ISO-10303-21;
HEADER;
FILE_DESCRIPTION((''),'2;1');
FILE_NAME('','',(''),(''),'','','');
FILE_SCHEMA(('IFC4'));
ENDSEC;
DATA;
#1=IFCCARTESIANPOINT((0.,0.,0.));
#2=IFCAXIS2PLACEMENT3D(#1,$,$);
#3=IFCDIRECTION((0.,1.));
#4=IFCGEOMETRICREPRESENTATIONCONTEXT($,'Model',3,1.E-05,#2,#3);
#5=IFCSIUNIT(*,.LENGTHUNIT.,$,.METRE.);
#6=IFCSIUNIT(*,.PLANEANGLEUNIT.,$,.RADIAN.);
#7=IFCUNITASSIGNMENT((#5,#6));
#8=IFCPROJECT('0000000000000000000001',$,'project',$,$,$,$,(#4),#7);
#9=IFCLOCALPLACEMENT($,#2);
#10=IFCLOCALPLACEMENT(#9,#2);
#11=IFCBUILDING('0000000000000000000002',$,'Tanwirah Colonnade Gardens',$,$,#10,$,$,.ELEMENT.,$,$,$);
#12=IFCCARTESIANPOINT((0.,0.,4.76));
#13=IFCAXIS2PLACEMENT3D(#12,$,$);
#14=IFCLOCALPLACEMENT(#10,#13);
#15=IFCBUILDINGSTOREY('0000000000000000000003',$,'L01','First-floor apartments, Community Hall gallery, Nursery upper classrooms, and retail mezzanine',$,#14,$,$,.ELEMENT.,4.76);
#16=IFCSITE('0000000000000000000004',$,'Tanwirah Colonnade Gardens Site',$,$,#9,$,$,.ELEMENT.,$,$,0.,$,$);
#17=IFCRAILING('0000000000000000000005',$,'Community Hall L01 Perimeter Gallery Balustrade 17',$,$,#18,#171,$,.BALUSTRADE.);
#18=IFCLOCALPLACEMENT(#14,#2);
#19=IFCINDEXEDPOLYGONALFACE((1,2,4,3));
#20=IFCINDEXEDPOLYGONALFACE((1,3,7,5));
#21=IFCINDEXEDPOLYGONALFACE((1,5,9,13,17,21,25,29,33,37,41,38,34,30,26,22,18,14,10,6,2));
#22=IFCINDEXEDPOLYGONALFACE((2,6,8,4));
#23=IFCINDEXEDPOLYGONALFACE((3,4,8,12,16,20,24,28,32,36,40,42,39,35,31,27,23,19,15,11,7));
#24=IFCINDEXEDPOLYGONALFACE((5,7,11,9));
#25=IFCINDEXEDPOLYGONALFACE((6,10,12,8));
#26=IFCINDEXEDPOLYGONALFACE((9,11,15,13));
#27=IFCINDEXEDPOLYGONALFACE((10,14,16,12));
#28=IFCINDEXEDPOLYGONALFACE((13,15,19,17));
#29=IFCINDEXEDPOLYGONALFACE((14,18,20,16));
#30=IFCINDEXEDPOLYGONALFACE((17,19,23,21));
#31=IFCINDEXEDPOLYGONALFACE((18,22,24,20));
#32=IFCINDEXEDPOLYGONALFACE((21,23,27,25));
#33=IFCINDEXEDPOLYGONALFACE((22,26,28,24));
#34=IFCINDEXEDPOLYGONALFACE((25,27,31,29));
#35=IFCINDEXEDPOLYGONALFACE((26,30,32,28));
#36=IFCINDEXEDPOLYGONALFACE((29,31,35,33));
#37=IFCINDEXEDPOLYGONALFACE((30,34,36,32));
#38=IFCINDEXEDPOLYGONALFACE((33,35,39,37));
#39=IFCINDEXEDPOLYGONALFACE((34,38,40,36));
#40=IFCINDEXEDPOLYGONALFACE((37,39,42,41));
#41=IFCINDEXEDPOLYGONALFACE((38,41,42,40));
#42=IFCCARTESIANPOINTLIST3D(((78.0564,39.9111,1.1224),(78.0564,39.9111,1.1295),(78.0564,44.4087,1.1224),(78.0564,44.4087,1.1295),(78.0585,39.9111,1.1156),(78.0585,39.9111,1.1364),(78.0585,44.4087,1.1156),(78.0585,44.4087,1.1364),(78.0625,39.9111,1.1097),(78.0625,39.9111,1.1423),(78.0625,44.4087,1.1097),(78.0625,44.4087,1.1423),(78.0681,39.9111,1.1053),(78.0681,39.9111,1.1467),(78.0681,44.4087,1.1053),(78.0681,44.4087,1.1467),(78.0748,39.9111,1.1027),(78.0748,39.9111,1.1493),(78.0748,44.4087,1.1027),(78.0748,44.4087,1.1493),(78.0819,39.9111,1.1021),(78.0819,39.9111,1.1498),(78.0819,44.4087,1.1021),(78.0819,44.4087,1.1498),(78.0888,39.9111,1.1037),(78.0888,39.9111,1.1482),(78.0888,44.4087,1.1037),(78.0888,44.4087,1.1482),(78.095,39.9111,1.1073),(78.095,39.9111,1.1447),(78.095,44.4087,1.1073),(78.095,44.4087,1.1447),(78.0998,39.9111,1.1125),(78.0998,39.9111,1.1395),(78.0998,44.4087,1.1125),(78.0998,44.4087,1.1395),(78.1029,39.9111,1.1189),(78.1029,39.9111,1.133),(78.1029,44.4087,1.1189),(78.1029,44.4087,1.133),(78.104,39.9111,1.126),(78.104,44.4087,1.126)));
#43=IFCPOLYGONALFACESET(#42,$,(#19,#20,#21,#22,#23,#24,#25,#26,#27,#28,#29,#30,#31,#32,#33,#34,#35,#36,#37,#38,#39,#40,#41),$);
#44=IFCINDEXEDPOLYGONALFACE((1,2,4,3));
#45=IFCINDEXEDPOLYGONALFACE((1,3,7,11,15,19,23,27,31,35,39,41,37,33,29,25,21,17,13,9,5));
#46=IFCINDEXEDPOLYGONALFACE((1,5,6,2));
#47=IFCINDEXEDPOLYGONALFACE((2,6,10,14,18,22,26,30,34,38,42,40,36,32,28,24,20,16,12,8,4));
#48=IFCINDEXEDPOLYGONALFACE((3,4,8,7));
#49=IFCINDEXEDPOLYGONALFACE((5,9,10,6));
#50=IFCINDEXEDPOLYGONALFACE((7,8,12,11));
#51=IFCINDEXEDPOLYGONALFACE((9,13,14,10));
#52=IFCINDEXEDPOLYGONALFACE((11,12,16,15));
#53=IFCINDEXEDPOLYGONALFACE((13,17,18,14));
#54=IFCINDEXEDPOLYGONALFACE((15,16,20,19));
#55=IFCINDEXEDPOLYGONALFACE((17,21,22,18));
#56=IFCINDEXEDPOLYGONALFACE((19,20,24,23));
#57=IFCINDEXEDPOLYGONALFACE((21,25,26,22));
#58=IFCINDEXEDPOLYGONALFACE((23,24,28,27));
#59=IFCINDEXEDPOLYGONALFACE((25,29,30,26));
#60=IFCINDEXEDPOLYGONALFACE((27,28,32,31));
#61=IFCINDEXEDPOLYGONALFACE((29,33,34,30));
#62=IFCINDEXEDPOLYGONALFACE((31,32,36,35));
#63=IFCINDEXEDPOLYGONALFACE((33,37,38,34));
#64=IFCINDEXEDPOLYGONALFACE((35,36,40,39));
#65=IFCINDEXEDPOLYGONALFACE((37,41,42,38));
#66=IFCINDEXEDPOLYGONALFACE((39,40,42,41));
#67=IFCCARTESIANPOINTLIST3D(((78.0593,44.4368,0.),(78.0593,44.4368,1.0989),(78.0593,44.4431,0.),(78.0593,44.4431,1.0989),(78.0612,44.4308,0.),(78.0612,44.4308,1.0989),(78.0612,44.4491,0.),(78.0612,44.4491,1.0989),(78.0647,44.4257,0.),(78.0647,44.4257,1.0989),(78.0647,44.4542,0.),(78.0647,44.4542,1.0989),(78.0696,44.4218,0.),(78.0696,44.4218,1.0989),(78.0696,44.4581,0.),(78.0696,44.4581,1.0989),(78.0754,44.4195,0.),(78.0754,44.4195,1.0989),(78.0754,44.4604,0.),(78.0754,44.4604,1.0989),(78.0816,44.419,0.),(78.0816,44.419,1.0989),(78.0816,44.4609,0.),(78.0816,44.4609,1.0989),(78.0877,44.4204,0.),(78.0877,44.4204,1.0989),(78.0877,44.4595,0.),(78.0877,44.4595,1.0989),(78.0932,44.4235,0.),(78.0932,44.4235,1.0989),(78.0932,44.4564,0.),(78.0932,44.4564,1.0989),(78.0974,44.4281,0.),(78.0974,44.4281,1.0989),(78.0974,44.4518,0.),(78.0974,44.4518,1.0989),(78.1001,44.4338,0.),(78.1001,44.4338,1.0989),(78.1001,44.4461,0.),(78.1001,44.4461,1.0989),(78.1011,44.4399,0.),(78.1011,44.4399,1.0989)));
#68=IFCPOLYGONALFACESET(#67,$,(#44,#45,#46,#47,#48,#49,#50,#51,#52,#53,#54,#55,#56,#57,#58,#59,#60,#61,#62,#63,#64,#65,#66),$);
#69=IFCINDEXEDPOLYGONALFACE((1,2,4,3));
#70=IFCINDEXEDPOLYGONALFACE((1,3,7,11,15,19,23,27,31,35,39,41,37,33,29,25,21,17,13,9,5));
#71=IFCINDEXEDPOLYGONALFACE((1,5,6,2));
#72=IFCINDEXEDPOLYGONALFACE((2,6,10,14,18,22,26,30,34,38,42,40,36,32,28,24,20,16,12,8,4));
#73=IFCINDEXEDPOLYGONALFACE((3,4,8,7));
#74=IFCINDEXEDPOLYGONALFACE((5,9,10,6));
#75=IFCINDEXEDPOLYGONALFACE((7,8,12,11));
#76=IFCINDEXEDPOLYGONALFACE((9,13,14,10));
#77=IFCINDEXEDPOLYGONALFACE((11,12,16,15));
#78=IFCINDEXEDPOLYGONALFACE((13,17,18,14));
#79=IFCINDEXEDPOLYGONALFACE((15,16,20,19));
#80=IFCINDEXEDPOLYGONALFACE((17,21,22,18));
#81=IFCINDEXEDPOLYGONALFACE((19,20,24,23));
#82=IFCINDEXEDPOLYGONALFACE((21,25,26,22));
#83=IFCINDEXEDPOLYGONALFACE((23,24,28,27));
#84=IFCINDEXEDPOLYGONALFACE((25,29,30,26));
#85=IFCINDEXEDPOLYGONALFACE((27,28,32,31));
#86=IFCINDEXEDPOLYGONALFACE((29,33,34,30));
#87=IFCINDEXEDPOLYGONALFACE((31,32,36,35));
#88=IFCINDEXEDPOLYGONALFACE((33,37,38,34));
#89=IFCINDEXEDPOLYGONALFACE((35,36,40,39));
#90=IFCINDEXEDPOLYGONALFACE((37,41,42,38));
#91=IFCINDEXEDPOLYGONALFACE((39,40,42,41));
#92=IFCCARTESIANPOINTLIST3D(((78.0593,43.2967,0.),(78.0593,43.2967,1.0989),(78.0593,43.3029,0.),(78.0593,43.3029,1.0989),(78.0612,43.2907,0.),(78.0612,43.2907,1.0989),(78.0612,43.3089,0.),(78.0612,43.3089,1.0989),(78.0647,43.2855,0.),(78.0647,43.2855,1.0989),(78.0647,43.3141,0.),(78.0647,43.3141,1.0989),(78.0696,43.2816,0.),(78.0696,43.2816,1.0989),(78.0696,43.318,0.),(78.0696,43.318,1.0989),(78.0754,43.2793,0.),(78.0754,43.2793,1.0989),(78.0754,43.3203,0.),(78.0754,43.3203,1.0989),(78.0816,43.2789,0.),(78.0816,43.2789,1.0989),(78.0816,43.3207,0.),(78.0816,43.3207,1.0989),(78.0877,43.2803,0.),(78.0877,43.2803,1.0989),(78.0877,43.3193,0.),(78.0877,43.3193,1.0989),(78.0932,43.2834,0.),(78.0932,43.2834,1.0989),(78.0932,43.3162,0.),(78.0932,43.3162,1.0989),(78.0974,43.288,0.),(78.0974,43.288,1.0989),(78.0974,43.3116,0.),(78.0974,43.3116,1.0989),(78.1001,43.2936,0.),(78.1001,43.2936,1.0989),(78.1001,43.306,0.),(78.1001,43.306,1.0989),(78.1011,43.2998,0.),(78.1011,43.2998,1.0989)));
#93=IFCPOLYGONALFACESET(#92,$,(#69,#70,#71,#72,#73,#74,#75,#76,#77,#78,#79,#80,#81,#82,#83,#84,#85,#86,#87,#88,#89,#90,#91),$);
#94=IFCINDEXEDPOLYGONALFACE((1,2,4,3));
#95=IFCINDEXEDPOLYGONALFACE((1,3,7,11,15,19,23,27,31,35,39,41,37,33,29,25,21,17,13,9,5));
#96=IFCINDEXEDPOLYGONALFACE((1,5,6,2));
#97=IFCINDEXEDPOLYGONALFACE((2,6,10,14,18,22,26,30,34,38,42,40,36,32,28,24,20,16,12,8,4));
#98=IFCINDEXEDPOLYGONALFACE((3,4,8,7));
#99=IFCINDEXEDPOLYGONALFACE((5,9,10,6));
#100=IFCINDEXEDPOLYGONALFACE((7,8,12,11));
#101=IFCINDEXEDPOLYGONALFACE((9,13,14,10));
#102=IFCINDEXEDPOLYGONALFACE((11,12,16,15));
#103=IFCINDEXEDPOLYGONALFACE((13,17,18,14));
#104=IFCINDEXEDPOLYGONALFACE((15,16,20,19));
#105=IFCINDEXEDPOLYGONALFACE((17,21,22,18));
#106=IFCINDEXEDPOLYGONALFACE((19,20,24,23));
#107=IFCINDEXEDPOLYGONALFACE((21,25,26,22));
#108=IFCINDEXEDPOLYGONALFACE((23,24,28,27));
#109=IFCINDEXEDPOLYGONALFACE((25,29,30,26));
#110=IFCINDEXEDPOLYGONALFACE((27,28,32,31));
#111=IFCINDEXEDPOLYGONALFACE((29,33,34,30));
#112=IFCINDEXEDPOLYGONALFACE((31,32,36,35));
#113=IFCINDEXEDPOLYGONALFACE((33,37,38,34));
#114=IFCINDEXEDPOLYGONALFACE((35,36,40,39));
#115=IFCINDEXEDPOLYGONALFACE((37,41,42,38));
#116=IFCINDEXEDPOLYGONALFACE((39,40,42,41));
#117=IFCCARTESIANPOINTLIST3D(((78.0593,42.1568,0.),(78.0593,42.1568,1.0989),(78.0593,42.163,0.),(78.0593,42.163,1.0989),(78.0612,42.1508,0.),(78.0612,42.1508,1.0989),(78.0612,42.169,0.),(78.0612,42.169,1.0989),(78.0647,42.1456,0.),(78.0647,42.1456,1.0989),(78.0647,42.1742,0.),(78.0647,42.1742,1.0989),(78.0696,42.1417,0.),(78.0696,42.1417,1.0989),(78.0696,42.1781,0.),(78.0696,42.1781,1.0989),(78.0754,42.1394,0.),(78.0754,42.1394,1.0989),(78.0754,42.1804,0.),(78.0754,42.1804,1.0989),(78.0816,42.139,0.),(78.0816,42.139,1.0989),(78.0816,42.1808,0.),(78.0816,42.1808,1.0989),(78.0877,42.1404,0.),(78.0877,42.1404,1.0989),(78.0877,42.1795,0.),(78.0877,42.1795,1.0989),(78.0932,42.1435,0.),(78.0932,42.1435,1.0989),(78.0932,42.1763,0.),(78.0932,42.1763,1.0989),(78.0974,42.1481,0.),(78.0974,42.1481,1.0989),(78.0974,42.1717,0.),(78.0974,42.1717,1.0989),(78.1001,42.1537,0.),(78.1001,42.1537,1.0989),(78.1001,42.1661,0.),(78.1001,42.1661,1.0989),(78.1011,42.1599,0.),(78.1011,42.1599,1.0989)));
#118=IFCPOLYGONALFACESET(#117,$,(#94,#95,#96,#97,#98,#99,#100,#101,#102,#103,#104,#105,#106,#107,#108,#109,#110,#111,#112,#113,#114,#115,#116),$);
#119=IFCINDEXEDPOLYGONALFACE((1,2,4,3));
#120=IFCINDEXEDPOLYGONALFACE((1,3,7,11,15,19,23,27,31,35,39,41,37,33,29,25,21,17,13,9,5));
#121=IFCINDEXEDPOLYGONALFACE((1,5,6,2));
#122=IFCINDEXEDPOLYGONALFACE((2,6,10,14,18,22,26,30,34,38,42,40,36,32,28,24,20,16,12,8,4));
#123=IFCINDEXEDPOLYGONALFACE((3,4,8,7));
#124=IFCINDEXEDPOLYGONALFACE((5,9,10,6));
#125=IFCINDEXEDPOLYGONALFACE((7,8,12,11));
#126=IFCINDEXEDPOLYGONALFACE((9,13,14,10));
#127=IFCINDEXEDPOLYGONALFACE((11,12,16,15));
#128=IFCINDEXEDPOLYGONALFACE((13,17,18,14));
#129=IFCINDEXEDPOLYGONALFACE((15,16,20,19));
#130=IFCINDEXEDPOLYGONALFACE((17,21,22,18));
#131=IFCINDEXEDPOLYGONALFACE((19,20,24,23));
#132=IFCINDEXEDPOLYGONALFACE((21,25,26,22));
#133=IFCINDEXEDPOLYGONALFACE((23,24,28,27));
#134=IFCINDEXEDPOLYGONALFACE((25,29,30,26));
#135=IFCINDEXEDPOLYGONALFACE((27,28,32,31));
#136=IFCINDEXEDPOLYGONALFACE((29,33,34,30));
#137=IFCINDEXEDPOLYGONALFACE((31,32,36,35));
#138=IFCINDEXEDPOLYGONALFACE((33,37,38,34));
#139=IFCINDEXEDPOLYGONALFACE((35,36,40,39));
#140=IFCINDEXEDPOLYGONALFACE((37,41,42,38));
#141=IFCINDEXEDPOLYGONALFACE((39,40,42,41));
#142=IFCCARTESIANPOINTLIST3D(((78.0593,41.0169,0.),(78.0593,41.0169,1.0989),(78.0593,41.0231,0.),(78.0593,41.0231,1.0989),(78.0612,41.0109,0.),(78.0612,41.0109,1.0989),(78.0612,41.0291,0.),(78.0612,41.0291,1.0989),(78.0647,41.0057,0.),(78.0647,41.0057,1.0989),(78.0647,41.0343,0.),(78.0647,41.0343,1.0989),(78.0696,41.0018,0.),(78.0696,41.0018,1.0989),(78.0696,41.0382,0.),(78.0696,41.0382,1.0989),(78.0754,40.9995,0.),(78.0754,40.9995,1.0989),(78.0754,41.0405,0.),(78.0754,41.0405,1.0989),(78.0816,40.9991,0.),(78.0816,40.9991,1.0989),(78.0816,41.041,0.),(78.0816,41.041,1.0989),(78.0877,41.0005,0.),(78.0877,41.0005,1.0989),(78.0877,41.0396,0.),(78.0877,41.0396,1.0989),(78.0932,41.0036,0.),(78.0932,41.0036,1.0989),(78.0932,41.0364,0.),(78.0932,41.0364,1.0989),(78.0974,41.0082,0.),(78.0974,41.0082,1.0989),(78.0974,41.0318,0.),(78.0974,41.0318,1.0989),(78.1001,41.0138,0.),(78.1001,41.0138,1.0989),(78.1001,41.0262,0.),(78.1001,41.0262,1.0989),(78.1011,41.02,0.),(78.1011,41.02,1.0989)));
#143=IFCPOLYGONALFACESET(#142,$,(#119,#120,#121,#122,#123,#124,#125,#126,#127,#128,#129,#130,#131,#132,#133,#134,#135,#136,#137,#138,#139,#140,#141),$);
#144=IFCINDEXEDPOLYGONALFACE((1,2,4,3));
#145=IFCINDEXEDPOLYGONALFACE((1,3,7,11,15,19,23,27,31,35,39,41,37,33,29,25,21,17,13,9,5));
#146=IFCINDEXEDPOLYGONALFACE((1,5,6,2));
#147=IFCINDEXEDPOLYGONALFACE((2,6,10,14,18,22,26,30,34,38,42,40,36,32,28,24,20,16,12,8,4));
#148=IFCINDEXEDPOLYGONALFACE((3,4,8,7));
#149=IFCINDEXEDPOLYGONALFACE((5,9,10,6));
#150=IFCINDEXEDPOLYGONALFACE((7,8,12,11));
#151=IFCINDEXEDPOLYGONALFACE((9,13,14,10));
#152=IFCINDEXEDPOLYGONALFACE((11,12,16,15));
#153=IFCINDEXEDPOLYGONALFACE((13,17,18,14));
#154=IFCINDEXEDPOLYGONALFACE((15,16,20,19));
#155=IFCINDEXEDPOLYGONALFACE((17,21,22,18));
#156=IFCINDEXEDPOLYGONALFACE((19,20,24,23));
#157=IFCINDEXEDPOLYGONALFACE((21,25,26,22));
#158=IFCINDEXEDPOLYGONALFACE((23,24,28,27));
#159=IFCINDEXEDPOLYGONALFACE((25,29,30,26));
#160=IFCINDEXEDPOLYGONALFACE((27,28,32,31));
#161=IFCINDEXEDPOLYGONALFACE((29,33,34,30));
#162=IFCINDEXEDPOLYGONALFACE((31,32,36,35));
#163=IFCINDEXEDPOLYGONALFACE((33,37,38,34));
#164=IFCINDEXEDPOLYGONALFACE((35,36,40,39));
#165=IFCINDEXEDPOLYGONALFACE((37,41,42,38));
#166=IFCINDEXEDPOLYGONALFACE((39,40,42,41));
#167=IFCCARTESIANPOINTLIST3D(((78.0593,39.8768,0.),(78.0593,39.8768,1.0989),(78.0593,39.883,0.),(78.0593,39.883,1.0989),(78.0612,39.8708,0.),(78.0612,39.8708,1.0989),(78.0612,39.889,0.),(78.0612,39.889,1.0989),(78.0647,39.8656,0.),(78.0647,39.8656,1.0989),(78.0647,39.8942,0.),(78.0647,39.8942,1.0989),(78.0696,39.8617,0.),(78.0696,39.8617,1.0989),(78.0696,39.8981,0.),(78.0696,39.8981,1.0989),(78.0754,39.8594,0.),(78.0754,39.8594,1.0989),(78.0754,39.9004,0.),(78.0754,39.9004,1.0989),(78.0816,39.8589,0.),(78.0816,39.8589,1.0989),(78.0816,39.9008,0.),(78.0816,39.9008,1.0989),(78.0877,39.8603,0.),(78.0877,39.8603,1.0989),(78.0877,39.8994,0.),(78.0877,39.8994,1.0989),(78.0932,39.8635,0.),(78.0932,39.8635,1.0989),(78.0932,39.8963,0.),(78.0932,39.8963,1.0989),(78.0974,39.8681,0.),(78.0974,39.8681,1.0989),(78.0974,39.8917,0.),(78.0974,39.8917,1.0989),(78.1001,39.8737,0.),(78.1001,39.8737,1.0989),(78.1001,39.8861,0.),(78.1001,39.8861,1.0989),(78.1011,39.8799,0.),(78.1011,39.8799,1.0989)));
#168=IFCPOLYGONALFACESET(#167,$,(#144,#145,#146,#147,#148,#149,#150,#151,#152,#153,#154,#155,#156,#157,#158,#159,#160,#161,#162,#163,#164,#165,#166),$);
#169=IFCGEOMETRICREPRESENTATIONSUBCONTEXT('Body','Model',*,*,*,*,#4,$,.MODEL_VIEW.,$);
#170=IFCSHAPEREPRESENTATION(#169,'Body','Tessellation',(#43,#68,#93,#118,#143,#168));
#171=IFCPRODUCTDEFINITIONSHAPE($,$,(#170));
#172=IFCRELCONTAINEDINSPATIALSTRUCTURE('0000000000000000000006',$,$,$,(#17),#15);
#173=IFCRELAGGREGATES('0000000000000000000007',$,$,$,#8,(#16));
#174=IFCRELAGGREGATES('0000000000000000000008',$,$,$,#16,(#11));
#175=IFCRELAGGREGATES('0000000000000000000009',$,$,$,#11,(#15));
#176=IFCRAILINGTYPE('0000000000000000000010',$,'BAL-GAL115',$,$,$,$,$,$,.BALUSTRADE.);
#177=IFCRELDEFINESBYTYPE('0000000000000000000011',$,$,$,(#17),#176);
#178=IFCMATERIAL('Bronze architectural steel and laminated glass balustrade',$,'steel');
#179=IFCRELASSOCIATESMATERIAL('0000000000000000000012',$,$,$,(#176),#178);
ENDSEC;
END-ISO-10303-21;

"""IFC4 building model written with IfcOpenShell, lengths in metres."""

from ifc_helpers import new_model, si_unit, direction, frame, origin, origin_2d, place, context, subcontext, project, spatial, circle, extrude, material, type_object, element, save


model = new_model("IFC4")

# Units and contexts
model_context = context("Model", 3, precision=1e-05, world=origin(), true_north=direction((0.0, 1.0)))
body_context = subcontext(model_context, "Body", "Model", "MODEL_VIEW")
ifc_project = project(units=[si_unit("LENGTHUNIT", "METRE"), si_unit("PLANEANGLEUNIT", "RADIAN")], contexts=[model_context])

# Site, building, storey
site_placement = place(None, origin())
site = spatial("IfcSite", under=ifc_project, at=site_placement, Name="Tanwirah Colonnade Gardens Site", CompositionType="ELEMENT", RefElevation=0.0)
building_placement = place(site_placement, origin())
building = spatial("IfcBuilding", under=site, at=building_placement, Name="Tanwirah Colonnade Gardens", CompositionType="ELEMENT")
storey_placement = place(building_placement, frame((0.0, 0.0, 4.76)))
storey = spatial("IfcBuildingStorey", under=building, at=storey_placement, Name="L01", Description="First-floor apartments, Community Hall gallery, Nursery upper classrooms, and retail mezzanine", CompositionType="ELEMENT", Elevation=4.76)

# Railing
ifc_material_1 = material(Name="Bronze architectural steel and laminated glass balustrade", Category="steel")
railing_type = type_object("IfcRailingType", Name="BAL-GAL115", PredefinedType="BALUSTRADE", material=ifc_material_1)
railing_1_placement = place(storey_placement, frame((78.0801, 44.4399, 0.0)))
element("IfcRailing", 1, at=railing_1_placement, inside=storey, type_object=railing_type, Name="Community Hall L01 Perimeter Gallery Balustrade 17", PredefinedType="BALUSTRADE", context=body_context, shape_type="SweptSolid", body=[
    extrude(circle(Radius=0.0239, at=origin_2d()), frame((0.0, -0.0312, 1.126), z_axis=(0.0, -1.0, 0.0), x_axis=(1.0, 0.0, 0.0)), (0.0, 0.0, 1.0), 4.4976),
    extrude(circle(Radius=0.021, at=origin_2d()), origin(), (0.0, 0.0, 1.0), 1.0989),
    extrude(circle(Radius=0.021, at=origin_2d()), frame((0.0, -1.1401, 0.0)), (0.0, 0.0, 1.0), 1.0989),
    extrude(circle(Radius=0.021, at=origin_2d()), frame((0.0, -2.28, 0.0)), (0.0, 0.0, 1.0), 1.0989),
    extrude(circle(Radius=0.021, at=origin_2d()), frame((0.0, -3.4199, 0.0)), (0.0, 0.0, 1.0), 1.0989),
    extrude(circle(Radius=0.021, at=origin_2d()), frame((0.0, -4.5601, 0.0)), (0.0, 0.0, 1.0), 1.0989),
])

save(model, "model.ifc")
